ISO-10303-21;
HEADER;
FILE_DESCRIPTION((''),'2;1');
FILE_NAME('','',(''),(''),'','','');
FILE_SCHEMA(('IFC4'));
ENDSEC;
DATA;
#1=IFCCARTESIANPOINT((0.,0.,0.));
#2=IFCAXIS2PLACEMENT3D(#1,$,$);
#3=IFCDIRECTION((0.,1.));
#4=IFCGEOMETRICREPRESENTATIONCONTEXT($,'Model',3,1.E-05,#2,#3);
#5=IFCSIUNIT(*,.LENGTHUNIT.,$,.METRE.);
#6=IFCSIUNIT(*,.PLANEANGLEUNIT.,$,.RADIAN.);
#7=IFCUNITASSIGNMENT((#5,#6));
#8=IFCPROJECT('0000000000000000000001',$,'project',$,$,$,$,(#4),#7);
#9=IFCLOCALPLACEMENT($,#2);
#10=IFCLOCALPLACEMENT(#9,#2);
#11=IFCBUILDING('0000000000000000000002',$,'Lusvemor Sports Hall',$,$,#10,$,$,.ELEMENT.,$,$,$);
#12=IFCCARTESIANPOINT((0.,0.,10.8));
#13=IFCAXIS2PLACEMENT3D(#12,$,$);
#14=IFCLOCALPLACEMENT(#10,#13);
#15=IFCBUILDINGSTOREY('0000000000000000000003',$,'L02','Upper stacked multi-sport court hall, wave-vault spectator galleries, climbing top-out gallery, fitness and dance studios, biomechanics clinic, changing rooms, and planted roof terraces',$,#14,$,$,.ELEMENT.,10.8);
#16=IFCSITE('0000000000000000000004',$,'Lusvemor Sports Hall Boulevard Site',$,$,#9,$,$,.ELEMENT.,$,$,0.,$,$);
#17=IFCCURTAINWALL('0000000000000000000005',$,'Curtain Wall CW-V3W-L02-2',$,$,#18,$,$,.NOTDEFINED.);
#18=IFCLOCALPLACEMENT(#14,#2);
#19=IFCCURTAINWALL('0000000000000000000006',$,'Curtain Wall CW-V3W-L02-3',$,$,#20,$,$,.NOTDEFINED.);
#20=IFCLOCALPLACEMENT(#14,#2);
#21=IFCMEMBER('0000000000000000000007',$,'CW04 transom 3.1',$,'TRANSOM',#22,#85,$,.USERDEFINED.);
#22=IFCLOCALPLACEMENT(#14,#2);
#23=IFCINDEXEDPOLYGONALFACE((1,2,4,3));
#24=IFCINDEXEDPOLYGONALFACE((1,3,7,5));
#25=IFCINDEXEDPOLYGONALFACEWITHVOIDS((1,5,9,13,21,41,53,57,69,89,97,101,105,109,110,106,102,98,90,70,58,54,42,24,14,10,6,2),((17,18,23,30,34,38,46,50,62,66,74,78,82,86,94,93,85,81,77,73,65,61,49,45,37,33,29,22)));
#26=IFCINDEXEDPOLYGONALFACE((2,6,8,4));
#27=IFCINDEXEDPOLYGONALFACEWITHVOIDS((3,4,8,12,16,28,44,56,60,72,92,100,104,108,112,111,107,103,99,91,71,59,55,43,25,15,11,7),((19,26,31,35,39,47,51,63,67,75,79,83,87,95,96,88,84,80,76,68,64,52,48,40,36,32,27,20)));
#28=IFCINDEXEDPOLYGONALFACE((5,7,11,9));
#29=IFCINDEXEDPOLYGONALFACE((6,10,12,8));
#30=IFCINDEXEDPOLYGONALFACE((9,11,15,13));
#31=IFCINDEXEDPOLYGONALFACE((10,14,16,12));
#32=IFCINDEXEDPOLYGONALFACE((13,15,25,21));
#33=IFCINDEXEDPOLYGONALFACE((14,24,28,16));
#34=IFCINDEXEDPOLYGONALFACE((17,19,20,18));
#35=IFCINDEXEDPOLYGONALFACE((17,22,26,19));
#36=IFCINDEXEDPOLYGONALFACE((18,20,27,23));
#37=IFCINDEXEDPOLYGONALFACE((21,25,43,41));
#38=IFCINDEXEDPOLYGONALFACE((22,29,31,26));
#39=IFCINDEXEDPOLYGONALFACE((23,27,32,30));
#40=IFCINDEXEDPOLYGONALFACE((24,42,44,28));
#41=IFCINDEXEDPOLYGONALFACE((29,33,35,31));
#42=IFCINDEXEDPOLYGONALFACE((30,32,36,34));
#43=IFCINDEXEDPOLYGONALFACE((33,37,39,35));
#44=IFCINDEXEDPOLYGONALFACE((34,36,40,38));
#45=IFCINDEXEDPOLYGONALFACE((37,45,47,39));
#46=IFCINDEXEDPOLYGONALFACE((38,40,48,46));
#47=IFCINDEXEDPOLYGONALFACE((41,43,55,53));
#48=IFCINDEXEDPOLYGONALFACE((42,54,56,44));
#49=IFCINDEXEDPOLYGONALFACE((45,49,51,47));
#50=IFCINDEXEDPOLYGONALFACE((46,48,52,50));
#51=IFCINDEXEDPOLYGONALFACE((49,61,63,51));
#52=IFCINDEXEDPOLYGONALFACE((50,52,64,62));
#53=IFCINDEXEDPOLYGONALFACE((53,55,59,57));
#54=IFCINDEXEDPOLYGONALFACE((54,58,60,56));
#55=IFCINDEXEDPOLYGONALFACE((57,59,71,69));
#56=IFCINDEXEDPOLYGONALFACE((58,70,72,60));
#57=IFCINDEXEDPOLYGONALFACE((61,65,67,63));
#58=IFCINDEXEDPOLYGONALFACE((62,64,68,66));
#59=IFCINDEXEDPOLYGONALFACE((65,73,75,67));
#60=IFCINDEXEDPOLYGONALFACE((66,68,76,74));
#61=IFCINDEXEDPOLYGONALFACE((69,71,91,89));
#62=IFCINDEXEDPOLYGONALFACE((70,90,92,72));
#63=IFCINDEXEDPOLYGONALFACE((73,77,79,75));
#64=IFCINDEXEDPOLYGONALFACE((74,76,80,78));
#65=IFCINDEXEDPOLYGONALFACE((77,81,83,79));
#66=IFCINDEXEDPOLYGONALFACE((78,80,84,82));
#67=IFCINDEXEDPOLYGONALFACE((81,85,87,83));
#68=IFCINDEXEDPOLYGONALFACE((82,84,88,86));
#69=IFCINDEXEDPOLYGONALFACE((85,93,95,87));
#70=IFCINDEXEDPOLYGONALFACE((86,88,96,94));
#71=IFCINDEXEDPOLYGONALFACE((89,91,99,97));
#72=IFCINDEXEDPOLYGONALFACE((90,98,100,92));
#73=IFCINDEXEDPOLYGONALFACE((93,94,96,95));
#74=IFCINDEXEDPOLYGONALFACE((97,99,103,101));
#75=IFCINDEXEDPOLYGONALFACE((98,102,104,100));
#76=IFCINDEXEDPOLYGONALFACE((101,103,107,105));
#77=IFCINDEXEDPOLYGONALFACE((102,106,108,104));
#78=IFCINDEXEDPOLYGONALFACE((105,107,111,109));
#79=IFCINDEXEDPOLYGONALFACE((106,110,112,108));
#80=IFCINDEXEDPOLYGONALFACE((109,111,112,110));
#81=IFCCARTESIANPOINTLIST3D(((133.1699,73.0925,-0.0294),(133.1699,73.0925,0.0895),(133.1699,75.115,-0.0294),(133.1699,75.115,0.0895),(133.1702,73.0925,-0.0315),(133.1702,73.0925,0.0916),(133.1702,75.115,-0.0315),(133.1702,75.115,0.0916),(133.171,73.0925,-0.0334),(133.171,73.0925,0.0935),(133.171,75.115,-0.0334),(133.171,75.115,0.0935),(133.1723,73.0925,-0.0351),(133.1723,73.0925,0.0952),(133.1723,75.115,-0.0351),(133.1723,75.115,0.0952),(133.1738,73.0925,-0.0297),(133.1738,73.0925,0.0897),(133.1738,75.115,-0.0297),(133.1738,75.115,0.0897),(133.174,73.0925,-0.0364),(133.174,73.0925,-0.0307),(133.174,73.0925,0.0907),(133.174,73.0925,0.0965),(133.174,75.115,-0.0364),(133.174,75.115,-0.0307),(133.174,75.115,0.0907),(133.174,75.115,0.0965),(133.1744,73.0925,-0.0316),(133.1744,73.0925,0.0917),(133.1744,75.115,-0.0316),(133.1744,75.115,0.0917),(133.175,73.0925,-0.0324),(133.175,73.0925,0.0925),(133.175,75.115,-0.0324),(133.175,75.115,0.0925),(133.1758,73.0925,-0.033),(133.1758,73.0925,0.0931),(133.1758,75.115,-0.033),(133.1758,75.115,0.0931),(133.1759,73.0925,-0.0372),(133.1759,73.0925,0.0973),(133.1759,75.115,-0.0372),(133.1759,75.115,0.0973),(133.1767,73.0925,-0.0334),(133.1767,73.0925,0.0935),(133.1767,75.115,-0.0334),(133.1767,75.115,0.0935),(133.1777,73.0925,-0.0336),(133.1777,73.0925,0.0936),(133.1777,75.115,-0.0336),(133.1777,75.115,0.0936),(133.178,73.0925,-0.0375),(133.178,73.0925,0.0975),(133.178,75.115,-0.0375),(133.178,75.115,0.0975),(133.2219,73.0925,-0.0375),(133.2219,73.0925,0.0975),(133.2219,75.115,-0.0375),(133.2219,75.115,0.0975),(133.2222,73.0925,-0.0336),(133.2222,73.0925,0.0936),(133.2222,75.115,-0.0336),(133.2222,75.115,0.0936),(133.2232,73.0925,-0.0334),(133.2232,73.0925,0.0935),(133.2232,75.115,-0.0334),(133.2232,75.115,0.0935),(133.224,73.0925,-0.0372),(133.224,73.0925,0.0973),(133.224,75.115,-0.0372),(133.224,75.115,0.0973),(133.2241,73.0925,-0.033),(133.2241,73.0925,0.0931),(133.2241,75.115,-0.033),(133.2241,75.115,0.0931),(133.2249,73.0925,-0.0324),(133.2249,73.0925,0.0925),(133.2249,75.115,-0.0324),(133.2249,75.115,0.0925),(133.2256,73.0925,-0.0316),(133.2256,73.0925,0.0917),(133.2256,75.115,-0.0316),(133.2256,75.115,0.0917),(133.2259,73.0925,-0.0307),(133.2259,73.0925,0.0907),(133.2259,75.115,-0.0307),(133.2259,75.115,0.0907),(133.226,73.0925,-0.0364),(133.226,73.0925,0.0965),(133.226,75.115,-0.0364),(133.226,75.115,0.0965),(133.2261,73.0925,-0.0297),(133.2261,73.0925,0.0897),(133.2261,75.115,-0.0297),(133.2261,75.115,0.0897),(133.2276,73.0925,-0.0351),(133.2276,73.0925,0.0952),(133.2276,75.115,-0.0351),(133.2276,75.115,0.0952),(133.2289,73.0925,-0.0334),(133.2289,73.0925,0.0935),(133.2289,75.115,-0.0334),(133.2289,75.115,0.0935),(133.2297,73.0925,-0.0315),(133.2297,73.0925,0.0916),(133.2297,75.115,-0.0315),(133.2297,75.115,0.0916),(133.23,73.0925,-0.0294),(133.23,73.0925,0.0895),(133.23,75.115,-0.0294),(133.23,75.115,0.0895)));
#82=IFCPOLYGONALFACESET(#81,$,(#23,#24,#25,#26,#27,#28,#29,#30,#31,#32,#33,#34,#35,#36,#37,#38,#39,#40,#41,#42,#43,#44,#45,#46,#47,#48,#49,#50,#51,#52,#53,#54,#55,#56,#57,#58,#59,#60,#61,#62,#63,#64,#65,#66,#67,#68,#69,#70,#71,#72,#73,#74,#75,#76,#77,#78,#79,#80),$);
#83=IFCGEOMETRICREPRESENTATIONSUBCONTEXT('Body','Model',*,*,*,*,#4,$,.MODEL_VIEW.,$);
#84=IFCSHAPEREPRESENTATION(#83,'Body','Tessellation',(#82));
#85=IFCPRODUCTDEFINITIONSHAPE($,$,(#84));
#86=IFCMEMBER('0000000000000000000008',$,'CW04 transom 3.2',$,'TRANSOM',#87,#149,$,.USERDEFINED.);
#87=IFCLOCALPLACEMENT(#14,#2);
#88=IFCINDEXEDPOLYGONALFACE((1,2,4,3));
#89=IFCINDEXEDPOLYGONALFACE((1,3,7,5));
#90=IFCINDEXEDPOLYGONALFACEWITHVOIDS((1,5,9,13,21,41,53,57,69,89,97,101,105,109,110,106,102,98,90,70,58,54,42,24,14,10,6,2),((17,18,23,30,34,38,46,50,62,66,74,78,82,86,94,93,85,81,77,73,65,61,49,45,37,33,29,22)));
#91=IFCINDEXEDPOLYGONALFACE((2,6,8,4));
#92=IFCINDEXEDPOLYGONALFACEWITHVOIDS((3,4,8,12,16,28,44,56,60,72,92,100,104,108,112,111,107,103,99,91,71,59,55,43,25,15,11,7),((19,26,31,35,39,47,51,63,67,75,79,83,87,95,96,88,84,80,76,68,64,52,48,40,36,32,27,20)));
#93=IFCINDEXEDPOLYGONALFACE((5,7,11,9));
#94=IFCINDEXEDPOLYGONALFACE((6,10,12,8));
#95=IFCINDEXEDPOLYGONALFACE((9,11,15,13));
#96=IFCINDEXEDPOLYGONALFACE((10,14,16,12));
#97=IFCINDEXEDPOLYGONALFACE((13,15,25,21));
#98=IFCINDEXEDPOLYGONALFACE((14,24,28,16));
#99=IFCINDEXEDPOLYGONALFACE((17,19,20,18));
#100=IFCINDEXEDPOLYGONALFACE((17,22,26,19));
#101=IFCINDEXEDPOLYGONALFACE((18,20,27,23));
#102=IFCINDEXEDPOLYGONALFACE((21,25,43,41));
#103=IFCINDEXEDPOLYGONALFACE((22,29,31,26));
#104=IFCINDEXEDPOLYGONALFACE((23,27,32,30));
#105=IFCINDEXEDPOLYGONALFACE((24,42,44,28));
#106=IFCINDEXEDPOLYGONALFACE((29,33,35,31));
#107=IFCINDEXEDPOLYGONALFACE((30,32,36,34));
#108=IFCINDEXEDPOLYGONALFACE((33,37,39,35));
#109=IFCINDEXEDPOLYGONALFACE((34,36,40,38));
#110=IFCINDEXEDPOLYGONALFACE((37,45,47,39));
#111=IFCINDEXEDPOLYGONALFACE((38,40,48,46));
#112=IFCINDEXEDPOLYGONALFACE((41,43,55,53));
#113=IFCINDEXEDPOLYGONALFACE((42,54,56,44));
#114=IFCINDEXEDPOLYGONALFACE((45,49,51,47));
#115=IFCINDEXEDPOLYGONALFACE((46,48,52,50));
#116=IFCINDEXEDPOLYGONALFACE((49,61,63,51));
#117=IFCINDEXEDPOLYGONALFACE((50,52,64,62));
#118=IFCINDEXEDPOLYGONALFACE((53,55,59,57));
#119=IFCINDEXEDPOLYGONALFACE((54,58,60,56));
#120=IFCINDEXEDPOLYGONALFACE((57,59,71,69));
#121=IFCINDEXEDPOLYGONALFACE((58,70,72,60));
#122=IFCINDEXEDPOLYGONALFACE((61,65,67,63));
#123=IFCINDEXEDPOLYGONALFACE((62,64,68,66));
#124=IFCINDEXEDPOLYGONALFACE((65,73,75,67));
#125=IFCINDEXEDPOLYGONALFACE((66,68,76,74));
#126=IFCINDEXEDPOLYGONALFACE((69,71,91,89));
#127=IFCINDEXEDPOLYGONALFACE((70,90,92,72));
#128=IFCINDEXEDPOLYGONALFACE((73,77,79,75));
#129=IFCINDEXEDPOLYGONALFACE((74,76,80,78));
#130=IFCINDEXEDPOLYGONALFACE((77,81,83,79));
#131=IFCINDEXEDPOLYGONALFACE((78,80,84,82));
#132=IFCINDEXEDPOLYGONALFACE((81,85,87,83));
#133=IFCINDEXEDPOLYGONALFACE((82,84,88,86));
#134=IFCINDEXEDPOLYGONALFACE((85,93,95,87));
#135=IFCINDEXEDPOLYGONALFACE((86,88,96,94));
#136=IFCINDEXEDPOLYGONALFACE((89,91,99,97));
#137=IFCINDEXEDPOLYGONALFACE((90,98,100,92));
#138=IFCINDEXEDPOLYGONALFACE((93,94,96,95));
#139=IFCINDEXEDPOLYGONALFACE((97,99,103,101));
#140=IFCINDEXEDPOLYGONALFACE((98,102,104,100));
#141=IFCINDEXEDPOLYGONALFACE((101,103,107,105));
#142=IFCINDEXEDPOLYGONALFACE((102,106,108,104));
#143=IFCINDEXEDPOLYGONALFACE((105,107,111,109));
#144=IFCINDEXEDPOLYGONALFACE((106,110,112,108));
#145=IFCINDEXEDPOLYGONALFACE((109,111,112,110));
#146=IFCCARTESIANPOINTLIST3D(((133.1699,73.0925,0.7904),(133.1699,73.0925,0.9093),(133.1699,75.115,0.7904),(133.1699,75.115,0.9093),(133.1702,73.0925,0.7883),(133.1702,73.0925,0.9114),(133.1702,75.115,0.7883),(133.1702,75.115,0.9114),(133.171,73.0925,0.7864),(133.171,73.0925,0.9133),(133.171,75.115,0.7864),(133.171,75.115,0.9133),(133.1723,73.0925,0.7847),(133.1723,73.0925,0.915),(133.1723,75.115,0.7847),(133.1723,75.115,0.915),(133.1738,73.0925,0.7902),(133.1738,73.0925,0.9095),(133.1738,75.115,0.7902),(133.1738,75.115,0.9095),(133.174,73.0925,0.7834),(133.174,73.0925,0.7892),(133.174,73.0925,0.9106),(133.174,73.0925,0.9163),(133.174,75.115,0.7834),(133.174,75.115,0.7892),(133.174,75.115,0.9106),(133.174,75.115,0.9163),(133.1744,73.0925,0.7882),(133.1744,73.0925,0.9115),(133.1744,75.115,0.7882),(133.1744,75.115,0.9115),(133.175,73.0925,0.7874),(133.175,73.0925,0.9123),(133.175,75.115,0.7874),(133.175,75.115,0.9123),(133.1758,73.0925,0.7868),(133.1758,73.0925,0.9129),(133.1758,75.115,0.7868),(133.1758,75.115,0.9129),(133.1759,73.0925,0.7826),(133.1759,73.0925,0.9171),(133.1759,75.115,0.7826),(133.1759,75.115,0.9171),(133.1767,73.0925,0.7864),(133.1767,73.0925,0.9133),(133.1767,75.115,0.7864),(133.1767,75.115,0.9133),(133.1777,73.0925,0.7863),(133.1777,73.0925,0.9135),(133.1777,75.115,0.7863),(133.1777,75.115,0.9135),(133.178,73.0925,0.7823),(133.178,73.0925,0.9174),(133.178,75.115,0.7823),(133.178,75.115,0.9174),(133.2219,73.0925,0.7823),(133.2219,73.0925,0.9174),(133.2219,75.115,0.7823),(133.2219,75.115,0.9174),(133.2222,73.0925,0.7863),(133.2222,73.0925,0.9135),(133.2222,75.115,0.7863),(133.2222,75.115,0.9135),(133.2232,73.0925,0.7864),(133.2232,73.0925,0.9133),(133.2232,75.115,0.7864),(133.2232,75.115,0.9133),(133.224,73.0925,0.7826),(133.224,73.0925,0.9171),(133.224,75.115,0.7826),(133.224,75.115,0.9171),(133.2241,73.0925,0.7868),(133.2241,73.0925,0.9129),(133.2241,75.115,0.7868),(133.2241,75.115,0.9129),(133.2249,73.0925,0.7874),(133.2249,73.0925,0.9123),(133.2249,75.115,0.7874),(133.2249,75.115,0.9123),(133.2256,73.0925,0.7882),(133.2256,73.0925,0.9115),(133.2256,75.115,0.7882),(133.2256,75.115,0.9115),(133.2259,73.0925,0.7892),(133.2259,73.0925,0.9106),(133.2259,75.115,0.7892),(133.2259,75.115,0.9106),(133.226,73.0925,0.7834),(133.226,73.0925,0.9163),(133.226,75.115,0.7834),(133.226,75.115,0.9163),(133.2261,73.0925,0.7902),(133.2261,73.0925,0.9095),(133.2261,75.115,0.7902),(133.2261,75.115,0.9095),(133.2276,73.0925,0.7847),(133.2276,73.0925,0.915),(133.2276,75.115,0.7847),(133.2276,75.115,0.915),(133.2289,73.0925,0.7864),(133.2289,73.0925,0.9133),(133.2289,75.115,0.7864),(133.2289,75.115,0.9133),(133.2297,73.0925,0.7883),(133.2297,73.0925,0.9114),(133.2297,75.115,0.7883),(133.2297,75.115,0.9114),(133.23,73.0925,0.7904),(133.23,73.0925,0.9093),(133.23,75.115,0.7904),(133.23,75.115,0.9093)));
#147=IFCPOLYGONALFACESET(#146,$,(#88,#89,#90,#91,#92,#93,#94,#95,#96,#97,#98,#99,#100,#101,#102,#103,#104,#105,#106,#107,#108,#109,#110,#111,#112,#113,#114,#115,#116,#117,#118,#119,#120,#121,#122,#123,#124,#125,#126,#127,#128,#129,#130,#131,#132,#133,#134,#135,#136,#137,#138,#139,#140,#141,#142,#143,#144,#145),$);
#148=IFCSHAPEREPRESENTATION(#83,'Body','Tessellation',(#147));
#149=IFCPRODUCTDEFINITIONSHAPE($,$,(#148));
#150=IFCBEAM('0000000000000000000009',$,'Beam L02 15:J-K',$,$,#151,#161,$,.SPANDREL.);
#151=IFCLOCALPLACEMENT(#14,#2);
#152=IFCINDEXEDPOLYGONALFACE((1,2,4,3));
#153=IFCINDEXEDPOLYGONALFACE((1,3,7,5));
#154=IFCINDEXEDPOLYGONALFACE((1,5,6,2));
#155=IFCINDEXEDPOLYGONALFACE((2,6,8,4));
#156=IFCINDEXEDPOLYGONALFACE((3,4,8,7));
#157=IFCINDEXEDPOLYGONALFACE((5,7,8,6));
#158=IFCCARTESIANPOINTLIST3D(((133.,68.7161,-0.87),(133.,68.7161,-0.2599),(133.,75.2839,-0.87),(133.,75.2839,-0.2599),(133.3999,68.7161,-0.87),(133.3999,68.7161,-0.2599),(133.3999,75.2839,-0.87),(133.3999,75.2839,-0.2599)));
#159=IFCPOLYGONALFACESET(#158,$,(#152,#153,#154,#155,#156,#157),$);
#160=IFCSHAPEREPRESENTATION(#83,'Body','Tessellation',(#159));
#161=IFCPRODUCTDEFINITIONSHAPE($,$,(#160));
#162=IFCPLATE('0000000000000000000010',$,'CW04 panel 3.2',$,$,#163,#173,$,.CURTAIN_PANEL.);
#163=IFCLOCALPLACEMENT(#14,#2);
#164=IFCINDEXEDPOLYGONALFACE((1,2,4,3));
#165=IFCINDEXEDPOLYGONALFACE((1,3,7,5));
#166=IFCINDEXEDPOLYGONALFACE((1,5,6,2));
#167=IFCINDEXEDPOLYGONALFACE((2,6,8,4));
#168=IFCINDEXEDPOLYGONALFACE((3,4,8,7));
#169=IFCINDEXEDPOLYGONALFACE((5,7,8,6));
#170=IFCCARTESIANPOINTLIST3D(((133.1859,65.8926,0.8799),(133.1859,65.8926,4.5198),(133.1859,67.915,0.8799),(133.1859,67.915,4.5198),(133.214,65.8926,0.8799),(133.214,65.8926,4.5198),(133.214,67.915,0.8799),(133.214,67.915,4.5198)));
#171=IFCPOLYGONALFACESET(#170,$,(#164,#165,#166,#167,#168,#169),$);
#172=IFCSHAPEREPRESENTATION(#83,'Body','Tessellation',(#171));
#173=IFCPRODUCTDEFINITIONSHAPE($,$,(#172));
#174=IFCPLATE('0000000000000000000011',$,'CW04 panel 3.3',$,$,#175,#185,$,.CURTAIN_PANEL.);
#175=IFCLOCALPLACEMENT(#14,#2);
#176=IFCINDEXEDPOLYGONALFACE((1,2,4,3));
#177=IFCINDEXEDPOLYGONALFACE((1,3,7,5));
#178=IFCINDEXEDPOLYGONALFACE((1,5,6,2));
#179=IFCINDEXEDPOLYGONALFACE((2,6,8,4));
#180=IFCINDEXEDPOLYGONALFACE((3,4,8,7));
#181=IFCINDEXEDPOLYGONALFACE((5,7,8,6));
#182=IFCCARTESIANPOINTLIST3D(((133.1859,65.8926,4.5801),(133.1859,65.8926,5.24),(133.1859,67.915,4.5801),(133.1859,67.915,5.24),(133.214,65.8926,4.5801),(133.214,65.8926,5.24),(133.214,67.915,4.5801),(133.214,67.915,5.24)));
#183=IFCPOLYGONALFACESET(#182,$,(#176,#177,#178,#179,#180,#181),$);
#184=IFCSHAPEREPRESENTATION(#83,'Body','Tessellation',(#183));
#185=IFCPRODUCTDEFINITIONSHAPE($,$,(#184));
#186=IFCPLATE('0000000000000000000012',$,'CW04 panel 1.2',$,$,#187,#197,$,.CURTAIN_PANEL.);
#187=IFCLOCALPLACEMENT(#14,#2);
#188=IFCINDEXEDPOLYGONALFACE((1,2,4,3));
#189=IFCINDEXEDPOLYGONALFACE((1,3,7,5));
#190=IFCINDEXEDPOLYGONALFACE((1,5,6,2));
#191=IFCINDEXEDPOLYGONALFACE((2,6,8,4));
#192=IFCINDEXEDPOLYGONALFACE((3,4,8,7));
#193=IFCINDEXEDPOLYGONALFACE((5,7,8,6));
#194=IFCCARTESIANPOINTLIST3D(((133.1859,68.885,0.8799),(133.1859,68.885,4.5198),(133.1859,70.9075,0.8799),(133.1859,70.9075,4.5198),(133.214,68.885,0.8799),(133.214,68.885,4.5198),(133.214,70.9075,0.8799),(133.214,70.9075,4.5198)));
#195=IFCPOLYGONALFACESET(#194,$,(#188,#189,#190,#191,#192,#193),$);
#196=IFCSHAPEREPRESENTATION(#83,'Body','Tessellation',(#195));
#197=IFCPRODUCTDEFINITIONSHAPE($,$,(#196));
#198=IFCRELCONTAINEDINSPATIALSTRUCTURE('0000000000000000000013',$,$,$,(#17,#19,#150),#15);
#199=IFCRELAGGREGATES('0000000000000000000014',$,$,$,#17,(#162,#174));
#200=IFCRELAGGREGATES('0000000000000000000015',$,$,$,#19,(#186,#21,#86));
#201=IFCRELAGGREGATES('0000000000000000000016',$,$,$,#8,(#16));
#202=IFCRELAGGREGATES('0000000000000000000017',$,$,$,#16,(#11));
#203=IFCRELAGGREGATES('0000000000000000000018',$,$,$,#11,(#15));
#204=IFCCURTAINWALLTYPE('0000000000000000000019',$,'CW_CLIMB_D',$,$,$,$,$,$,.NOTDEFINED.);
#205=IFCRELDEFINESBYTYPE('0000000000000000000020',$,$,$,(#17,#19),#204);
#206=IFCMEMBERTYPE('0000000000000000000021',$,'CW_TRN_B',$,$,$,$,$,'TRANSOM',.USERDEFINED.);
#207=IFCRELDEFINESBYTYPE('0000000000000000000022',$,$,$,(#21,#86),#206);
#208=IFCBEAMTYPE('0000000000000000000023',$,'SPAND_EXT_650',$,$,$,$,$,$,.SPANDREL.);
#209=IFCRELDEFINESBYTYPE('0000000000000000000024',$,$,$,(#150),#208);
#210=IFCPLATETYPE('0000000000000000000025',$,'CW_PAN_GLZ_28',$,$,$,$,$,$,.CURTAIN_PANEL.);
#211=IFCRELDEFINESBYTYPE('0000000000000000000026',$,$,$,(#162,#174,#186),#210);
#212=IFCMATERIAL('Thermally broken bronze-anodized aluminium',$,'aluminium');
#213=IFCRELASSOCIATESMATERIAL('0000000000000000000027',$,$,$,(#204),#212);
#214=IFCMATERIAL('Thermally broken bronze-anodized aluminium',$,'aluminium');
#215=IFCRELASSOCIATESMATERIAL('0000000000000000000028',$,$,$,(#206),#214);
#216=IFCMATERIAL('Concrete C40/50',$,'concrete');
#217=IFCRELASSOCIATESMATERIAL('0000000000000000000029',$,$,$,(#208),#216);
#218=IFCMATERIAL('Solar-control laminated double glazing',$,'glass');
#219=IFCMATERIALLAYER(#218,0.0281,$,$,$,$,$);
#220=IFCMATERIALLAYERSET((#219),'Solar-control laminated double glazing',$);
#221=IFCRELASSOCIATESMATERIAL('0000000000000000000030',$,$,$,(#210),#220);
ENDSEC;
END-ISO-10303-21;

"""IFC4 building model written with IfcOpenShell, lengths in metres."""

from ifc_helpers import new_model, si_unit, direction, frame, origin, origin_2d, place, context, subcontext, project, spatial, rectangle, hollow_rectangle, extrude, material, layer, layer_set, material_profile, profile_set, type_object, element, aggregate, save


model = new_model("IFC4")

# Units and contexts
model_context = context("Model", 3, precision=1e-05, world=origin(), true_north=direction((0.0, 1.0)))
body_context = subcontext(model_context, "Body", "Model", "MODEL_VIEW")
ifc_project = project(units=[si_unit("LENGTHUNIT", "METRE"), si_unit("PLANEANGLEUNIT", "RADIAN")], contexts=[model_context])

# Site, building, storey
site_placement = place(None, origin())
site = spatial("IfcSite", under=ifc_project, at=site_placement, Name="Lusvemor Sports Hall Boulevard Site", CompositionType="ELEMENT", RefElevation=0.0)
building_placement = place(site_placement, origin())
building = spatial("IfcBuilding", under=site, at=building_placement, Name="Lusvemor Sports Hall", CompositionType="ELEMENT")
storey_placement = place(building_placement, frame((0.0, 0.0, 10.8)))
storey = spatial("IfcBuildingStorey", under=building, at=storey_placement, Name="L02", Description="Upper stacked multi-sport court hall, wave-vault spectator galleries, climbing top-out gallery, fitness and dance studios, biomechanics clinic, changing rooms, and planted roof terraces", CompositionType="ELEMENT", Elevation=10.8)

# Curtain wall
ifc_material_1 = material(Name="Thermally broken bronze-anodized aluminium", Category="aluminium")
curtain_wall_type = type_object("IfcCurtainWallType", Name="CW_CLIMB_D", PredefinedType="NOTDEFINED", material=ifc_material_1)
curtain_wall_1_placement = place(storey_placement, origin())
curtain_wall_1 = element("IfcCurtainWall", 1, at=curtain_wall_1_placement, inside=storey, type_object=curtain_wall_type, Name="Curtain Wall CW-V3W-L02-2", PredefinedType="NOTDEFINED")

# Curtain wall, members
curtain_wall_2_placement = place(storey_placement, origin())
curtain_wall_2 = element("IfcCurtainWall", 2, at=curtain_wall_2_placement, inside=storey, type_object=curtain_wall_type, Name="Curtain Wall CW-V3W-L02-3", PredefinedType="NOTDEFINED")
ifc_material_2 = material(Name="Thermally broken bronze-anodized aluminium", Category="aluminium")
ifc_material_profile_1 = material_profile(ifc_material_2, hollow_rectangle(XDim=0.0601, YDim=0.135, WallThickness=0.0039, InnerFilletRadius=0.0039, OuterFilletRadius=0.0081, at=origin_2d()), Name="CWTRN135x60x4")
ifc_profile_set_1 = profile_set([ifc_material_profile_1], Name="Thermally broken bronze-anodized aluminium")
member_type_1 = type_object("IfcMemberType", Name="CW_TRN_B", ElementType="TRANSOM", PredefinedType="USERDEFINED", material=ifc_profile_set_1)
member_1_placement = place(storey_placement, frame((133.2, 73.0925, 0.03), z_axis=(0.0, 1.0, 0.0), x_axis=(-1.0, 0.0, 0.0)))
member_1 = element("IfcMember", 3, at=member_1_placement, type_object=member_type_1, Name="CW04 transom 3.1", ObjectType="TRANSOM", PredefinedType="USERDEFINED", context=body_context, shape_type="SweptSolid", body=[
    extrude(hollow_rectangle(XDim=0.0601, YDim=0.135, WallThickness=0.0039, InnerFilletRadius=0.0039, OuterFilletRadius=0.0081, at=origin_2d()), origin(), (0.0, 0.0, 1.0), 2.0225),
])
member_2_placement = place(storey_placement, frame((133.2, 73.0925, 0.8499), z_axis=(0.0, 1.0, 0.0), x_axis=(-1.0, 0.0, 0.0)))
member_2 = element("IfcMember", 4, at=member_2_placement, type_object=member_type_1, Name="CW04 transom 3.2", ObjectType="TRANSOM", PredefinedType="USERDEFINED", context=body_context, shape_type="SweptSolid", body=[
    extrude(hollow_rectangle(XDim=0.0601, YDim=0.135, WallThickness=0.0039, InnerFilletRadius=0.0039, OuterFilletRadius=0.0081, at=origin_2d()), origin(), (0.0, 0.0, 1.0), 2.0225),
])

# Beam
ifc_material_3 = material(Name="Concrete C40/50", Category="concrete")
ifc_material_profile_2 = material_profile(ifc_material_3, rectangle(XDim=0.3999, YDim=0.6101, at=origin_2d()), Name="RC400x610")
ifc_profile_set_2 = profile_set([ifc_material_profile_2], Name="Concrete C40/50")
beam_type = type_object("IfcBeamType", Name="SPAND_EXT_650", PredefinedType="SPANDREL", material=ifc_profile_set_2)
beam_placement = place(storey_placement, frame((133.2, 68.7161, -0.5649), z_axis=(0.0, 1.0, 0.0), x_axis=(-1.0, 0.0, 0.0)))
element("IfcBeam", 5, at=beam_placement, inside=storey, type_object=beam_type, Name="Beam L02 15:J-K", PredefinedType="SPANDREL", context=body_context, shape_type="SweptSolid", body=[
    extrude(rectangle(XDim=0.3999, YDim=0.6101, at=origin_2d()), origin(), (0.0, 0.0, 1.0), 6.5679),
])

# Plates
ifc_material_4 = material(Name="Solar-control laminated double glazing", Category="glass")
ifc_layer_1 = layer(ifc_material_4, 0.0281)
ifc_layer_set_1 = layer_set([ifc_layer_1], Name="Solar-control laminated double glazing")
plate_type_1 = type_object("IfcPlateType", Name="CW_PAN_GLZ_28", PredefinedType="CURTAIN_PANEL", material=ifc_layer_set_1)
plate_1_placement = place(storey_placement, frame((133.2, 66.9038, 0.8799), z_axis=(0.0, 0.0, 1.0), x_axis=(0.0, 1.0, 0.0)))
plate_1 = element("IfcPlate", 6, at=plate_1_placement, type_object=plate_type_1, Name="CW04 panel 3.2", PredefinedType="CURTAIN_PANEL", context=body_context, shape_type="SweptSolid", body=[
    extrude(rectangle(XDim=2.0225, YDim=0.0281, at=origin_2d()), origin(), (0.0, 0.0, 1.0), 3.6399),
])
plate_2_placement = place(storey_placement, frame((133.2, 66.9038, 4.5801), z_axis=(0.0, 0.0, 1.0), x_axis=(0.0, 1.0, 0.0)))
plate_2 = element("IfcPlate", 7, at=plate_2_placement, type_object=plate_type_1, Name="CW04 panel 3.3", PredefinedType="CURTAIN_PANEL", context=body_context, shape_type="SweptSolid", body=[
    extrude(rectangle(XDim=2.0225, YDim=0.0281, at=origin_2d()), origin(), (0.0, 0.0, 1.0), 0.6599),
])
aggregate(curtain_wall_1, [plate_1, plate_2])
plate_3_placement = place(storey_placement, frame((133.2, 69.8962, 0.8799), z_axis=(0.0, 0.0, 1.0), x_axis=(0.0, 1.0, 0.0)))
plate_3 = element("IfcPlate", 8, at=plate_3_placement, type_object=plate_type_1, Name="CW04 panel 1.2", PredefinedType="CURTAIN_PANEL", context=body_context, shape_type="SweptSolid", body=[
    extrude(rectangle(XDim=2.0225, YDim=0.0281, at=origin_2d()), origin(), (0.0, 0.0, 1.0), 3.6399),
])
aggregate(curtain_wall_2, [plate_3, member_1, member_2])

save(model, "model.ifc")
